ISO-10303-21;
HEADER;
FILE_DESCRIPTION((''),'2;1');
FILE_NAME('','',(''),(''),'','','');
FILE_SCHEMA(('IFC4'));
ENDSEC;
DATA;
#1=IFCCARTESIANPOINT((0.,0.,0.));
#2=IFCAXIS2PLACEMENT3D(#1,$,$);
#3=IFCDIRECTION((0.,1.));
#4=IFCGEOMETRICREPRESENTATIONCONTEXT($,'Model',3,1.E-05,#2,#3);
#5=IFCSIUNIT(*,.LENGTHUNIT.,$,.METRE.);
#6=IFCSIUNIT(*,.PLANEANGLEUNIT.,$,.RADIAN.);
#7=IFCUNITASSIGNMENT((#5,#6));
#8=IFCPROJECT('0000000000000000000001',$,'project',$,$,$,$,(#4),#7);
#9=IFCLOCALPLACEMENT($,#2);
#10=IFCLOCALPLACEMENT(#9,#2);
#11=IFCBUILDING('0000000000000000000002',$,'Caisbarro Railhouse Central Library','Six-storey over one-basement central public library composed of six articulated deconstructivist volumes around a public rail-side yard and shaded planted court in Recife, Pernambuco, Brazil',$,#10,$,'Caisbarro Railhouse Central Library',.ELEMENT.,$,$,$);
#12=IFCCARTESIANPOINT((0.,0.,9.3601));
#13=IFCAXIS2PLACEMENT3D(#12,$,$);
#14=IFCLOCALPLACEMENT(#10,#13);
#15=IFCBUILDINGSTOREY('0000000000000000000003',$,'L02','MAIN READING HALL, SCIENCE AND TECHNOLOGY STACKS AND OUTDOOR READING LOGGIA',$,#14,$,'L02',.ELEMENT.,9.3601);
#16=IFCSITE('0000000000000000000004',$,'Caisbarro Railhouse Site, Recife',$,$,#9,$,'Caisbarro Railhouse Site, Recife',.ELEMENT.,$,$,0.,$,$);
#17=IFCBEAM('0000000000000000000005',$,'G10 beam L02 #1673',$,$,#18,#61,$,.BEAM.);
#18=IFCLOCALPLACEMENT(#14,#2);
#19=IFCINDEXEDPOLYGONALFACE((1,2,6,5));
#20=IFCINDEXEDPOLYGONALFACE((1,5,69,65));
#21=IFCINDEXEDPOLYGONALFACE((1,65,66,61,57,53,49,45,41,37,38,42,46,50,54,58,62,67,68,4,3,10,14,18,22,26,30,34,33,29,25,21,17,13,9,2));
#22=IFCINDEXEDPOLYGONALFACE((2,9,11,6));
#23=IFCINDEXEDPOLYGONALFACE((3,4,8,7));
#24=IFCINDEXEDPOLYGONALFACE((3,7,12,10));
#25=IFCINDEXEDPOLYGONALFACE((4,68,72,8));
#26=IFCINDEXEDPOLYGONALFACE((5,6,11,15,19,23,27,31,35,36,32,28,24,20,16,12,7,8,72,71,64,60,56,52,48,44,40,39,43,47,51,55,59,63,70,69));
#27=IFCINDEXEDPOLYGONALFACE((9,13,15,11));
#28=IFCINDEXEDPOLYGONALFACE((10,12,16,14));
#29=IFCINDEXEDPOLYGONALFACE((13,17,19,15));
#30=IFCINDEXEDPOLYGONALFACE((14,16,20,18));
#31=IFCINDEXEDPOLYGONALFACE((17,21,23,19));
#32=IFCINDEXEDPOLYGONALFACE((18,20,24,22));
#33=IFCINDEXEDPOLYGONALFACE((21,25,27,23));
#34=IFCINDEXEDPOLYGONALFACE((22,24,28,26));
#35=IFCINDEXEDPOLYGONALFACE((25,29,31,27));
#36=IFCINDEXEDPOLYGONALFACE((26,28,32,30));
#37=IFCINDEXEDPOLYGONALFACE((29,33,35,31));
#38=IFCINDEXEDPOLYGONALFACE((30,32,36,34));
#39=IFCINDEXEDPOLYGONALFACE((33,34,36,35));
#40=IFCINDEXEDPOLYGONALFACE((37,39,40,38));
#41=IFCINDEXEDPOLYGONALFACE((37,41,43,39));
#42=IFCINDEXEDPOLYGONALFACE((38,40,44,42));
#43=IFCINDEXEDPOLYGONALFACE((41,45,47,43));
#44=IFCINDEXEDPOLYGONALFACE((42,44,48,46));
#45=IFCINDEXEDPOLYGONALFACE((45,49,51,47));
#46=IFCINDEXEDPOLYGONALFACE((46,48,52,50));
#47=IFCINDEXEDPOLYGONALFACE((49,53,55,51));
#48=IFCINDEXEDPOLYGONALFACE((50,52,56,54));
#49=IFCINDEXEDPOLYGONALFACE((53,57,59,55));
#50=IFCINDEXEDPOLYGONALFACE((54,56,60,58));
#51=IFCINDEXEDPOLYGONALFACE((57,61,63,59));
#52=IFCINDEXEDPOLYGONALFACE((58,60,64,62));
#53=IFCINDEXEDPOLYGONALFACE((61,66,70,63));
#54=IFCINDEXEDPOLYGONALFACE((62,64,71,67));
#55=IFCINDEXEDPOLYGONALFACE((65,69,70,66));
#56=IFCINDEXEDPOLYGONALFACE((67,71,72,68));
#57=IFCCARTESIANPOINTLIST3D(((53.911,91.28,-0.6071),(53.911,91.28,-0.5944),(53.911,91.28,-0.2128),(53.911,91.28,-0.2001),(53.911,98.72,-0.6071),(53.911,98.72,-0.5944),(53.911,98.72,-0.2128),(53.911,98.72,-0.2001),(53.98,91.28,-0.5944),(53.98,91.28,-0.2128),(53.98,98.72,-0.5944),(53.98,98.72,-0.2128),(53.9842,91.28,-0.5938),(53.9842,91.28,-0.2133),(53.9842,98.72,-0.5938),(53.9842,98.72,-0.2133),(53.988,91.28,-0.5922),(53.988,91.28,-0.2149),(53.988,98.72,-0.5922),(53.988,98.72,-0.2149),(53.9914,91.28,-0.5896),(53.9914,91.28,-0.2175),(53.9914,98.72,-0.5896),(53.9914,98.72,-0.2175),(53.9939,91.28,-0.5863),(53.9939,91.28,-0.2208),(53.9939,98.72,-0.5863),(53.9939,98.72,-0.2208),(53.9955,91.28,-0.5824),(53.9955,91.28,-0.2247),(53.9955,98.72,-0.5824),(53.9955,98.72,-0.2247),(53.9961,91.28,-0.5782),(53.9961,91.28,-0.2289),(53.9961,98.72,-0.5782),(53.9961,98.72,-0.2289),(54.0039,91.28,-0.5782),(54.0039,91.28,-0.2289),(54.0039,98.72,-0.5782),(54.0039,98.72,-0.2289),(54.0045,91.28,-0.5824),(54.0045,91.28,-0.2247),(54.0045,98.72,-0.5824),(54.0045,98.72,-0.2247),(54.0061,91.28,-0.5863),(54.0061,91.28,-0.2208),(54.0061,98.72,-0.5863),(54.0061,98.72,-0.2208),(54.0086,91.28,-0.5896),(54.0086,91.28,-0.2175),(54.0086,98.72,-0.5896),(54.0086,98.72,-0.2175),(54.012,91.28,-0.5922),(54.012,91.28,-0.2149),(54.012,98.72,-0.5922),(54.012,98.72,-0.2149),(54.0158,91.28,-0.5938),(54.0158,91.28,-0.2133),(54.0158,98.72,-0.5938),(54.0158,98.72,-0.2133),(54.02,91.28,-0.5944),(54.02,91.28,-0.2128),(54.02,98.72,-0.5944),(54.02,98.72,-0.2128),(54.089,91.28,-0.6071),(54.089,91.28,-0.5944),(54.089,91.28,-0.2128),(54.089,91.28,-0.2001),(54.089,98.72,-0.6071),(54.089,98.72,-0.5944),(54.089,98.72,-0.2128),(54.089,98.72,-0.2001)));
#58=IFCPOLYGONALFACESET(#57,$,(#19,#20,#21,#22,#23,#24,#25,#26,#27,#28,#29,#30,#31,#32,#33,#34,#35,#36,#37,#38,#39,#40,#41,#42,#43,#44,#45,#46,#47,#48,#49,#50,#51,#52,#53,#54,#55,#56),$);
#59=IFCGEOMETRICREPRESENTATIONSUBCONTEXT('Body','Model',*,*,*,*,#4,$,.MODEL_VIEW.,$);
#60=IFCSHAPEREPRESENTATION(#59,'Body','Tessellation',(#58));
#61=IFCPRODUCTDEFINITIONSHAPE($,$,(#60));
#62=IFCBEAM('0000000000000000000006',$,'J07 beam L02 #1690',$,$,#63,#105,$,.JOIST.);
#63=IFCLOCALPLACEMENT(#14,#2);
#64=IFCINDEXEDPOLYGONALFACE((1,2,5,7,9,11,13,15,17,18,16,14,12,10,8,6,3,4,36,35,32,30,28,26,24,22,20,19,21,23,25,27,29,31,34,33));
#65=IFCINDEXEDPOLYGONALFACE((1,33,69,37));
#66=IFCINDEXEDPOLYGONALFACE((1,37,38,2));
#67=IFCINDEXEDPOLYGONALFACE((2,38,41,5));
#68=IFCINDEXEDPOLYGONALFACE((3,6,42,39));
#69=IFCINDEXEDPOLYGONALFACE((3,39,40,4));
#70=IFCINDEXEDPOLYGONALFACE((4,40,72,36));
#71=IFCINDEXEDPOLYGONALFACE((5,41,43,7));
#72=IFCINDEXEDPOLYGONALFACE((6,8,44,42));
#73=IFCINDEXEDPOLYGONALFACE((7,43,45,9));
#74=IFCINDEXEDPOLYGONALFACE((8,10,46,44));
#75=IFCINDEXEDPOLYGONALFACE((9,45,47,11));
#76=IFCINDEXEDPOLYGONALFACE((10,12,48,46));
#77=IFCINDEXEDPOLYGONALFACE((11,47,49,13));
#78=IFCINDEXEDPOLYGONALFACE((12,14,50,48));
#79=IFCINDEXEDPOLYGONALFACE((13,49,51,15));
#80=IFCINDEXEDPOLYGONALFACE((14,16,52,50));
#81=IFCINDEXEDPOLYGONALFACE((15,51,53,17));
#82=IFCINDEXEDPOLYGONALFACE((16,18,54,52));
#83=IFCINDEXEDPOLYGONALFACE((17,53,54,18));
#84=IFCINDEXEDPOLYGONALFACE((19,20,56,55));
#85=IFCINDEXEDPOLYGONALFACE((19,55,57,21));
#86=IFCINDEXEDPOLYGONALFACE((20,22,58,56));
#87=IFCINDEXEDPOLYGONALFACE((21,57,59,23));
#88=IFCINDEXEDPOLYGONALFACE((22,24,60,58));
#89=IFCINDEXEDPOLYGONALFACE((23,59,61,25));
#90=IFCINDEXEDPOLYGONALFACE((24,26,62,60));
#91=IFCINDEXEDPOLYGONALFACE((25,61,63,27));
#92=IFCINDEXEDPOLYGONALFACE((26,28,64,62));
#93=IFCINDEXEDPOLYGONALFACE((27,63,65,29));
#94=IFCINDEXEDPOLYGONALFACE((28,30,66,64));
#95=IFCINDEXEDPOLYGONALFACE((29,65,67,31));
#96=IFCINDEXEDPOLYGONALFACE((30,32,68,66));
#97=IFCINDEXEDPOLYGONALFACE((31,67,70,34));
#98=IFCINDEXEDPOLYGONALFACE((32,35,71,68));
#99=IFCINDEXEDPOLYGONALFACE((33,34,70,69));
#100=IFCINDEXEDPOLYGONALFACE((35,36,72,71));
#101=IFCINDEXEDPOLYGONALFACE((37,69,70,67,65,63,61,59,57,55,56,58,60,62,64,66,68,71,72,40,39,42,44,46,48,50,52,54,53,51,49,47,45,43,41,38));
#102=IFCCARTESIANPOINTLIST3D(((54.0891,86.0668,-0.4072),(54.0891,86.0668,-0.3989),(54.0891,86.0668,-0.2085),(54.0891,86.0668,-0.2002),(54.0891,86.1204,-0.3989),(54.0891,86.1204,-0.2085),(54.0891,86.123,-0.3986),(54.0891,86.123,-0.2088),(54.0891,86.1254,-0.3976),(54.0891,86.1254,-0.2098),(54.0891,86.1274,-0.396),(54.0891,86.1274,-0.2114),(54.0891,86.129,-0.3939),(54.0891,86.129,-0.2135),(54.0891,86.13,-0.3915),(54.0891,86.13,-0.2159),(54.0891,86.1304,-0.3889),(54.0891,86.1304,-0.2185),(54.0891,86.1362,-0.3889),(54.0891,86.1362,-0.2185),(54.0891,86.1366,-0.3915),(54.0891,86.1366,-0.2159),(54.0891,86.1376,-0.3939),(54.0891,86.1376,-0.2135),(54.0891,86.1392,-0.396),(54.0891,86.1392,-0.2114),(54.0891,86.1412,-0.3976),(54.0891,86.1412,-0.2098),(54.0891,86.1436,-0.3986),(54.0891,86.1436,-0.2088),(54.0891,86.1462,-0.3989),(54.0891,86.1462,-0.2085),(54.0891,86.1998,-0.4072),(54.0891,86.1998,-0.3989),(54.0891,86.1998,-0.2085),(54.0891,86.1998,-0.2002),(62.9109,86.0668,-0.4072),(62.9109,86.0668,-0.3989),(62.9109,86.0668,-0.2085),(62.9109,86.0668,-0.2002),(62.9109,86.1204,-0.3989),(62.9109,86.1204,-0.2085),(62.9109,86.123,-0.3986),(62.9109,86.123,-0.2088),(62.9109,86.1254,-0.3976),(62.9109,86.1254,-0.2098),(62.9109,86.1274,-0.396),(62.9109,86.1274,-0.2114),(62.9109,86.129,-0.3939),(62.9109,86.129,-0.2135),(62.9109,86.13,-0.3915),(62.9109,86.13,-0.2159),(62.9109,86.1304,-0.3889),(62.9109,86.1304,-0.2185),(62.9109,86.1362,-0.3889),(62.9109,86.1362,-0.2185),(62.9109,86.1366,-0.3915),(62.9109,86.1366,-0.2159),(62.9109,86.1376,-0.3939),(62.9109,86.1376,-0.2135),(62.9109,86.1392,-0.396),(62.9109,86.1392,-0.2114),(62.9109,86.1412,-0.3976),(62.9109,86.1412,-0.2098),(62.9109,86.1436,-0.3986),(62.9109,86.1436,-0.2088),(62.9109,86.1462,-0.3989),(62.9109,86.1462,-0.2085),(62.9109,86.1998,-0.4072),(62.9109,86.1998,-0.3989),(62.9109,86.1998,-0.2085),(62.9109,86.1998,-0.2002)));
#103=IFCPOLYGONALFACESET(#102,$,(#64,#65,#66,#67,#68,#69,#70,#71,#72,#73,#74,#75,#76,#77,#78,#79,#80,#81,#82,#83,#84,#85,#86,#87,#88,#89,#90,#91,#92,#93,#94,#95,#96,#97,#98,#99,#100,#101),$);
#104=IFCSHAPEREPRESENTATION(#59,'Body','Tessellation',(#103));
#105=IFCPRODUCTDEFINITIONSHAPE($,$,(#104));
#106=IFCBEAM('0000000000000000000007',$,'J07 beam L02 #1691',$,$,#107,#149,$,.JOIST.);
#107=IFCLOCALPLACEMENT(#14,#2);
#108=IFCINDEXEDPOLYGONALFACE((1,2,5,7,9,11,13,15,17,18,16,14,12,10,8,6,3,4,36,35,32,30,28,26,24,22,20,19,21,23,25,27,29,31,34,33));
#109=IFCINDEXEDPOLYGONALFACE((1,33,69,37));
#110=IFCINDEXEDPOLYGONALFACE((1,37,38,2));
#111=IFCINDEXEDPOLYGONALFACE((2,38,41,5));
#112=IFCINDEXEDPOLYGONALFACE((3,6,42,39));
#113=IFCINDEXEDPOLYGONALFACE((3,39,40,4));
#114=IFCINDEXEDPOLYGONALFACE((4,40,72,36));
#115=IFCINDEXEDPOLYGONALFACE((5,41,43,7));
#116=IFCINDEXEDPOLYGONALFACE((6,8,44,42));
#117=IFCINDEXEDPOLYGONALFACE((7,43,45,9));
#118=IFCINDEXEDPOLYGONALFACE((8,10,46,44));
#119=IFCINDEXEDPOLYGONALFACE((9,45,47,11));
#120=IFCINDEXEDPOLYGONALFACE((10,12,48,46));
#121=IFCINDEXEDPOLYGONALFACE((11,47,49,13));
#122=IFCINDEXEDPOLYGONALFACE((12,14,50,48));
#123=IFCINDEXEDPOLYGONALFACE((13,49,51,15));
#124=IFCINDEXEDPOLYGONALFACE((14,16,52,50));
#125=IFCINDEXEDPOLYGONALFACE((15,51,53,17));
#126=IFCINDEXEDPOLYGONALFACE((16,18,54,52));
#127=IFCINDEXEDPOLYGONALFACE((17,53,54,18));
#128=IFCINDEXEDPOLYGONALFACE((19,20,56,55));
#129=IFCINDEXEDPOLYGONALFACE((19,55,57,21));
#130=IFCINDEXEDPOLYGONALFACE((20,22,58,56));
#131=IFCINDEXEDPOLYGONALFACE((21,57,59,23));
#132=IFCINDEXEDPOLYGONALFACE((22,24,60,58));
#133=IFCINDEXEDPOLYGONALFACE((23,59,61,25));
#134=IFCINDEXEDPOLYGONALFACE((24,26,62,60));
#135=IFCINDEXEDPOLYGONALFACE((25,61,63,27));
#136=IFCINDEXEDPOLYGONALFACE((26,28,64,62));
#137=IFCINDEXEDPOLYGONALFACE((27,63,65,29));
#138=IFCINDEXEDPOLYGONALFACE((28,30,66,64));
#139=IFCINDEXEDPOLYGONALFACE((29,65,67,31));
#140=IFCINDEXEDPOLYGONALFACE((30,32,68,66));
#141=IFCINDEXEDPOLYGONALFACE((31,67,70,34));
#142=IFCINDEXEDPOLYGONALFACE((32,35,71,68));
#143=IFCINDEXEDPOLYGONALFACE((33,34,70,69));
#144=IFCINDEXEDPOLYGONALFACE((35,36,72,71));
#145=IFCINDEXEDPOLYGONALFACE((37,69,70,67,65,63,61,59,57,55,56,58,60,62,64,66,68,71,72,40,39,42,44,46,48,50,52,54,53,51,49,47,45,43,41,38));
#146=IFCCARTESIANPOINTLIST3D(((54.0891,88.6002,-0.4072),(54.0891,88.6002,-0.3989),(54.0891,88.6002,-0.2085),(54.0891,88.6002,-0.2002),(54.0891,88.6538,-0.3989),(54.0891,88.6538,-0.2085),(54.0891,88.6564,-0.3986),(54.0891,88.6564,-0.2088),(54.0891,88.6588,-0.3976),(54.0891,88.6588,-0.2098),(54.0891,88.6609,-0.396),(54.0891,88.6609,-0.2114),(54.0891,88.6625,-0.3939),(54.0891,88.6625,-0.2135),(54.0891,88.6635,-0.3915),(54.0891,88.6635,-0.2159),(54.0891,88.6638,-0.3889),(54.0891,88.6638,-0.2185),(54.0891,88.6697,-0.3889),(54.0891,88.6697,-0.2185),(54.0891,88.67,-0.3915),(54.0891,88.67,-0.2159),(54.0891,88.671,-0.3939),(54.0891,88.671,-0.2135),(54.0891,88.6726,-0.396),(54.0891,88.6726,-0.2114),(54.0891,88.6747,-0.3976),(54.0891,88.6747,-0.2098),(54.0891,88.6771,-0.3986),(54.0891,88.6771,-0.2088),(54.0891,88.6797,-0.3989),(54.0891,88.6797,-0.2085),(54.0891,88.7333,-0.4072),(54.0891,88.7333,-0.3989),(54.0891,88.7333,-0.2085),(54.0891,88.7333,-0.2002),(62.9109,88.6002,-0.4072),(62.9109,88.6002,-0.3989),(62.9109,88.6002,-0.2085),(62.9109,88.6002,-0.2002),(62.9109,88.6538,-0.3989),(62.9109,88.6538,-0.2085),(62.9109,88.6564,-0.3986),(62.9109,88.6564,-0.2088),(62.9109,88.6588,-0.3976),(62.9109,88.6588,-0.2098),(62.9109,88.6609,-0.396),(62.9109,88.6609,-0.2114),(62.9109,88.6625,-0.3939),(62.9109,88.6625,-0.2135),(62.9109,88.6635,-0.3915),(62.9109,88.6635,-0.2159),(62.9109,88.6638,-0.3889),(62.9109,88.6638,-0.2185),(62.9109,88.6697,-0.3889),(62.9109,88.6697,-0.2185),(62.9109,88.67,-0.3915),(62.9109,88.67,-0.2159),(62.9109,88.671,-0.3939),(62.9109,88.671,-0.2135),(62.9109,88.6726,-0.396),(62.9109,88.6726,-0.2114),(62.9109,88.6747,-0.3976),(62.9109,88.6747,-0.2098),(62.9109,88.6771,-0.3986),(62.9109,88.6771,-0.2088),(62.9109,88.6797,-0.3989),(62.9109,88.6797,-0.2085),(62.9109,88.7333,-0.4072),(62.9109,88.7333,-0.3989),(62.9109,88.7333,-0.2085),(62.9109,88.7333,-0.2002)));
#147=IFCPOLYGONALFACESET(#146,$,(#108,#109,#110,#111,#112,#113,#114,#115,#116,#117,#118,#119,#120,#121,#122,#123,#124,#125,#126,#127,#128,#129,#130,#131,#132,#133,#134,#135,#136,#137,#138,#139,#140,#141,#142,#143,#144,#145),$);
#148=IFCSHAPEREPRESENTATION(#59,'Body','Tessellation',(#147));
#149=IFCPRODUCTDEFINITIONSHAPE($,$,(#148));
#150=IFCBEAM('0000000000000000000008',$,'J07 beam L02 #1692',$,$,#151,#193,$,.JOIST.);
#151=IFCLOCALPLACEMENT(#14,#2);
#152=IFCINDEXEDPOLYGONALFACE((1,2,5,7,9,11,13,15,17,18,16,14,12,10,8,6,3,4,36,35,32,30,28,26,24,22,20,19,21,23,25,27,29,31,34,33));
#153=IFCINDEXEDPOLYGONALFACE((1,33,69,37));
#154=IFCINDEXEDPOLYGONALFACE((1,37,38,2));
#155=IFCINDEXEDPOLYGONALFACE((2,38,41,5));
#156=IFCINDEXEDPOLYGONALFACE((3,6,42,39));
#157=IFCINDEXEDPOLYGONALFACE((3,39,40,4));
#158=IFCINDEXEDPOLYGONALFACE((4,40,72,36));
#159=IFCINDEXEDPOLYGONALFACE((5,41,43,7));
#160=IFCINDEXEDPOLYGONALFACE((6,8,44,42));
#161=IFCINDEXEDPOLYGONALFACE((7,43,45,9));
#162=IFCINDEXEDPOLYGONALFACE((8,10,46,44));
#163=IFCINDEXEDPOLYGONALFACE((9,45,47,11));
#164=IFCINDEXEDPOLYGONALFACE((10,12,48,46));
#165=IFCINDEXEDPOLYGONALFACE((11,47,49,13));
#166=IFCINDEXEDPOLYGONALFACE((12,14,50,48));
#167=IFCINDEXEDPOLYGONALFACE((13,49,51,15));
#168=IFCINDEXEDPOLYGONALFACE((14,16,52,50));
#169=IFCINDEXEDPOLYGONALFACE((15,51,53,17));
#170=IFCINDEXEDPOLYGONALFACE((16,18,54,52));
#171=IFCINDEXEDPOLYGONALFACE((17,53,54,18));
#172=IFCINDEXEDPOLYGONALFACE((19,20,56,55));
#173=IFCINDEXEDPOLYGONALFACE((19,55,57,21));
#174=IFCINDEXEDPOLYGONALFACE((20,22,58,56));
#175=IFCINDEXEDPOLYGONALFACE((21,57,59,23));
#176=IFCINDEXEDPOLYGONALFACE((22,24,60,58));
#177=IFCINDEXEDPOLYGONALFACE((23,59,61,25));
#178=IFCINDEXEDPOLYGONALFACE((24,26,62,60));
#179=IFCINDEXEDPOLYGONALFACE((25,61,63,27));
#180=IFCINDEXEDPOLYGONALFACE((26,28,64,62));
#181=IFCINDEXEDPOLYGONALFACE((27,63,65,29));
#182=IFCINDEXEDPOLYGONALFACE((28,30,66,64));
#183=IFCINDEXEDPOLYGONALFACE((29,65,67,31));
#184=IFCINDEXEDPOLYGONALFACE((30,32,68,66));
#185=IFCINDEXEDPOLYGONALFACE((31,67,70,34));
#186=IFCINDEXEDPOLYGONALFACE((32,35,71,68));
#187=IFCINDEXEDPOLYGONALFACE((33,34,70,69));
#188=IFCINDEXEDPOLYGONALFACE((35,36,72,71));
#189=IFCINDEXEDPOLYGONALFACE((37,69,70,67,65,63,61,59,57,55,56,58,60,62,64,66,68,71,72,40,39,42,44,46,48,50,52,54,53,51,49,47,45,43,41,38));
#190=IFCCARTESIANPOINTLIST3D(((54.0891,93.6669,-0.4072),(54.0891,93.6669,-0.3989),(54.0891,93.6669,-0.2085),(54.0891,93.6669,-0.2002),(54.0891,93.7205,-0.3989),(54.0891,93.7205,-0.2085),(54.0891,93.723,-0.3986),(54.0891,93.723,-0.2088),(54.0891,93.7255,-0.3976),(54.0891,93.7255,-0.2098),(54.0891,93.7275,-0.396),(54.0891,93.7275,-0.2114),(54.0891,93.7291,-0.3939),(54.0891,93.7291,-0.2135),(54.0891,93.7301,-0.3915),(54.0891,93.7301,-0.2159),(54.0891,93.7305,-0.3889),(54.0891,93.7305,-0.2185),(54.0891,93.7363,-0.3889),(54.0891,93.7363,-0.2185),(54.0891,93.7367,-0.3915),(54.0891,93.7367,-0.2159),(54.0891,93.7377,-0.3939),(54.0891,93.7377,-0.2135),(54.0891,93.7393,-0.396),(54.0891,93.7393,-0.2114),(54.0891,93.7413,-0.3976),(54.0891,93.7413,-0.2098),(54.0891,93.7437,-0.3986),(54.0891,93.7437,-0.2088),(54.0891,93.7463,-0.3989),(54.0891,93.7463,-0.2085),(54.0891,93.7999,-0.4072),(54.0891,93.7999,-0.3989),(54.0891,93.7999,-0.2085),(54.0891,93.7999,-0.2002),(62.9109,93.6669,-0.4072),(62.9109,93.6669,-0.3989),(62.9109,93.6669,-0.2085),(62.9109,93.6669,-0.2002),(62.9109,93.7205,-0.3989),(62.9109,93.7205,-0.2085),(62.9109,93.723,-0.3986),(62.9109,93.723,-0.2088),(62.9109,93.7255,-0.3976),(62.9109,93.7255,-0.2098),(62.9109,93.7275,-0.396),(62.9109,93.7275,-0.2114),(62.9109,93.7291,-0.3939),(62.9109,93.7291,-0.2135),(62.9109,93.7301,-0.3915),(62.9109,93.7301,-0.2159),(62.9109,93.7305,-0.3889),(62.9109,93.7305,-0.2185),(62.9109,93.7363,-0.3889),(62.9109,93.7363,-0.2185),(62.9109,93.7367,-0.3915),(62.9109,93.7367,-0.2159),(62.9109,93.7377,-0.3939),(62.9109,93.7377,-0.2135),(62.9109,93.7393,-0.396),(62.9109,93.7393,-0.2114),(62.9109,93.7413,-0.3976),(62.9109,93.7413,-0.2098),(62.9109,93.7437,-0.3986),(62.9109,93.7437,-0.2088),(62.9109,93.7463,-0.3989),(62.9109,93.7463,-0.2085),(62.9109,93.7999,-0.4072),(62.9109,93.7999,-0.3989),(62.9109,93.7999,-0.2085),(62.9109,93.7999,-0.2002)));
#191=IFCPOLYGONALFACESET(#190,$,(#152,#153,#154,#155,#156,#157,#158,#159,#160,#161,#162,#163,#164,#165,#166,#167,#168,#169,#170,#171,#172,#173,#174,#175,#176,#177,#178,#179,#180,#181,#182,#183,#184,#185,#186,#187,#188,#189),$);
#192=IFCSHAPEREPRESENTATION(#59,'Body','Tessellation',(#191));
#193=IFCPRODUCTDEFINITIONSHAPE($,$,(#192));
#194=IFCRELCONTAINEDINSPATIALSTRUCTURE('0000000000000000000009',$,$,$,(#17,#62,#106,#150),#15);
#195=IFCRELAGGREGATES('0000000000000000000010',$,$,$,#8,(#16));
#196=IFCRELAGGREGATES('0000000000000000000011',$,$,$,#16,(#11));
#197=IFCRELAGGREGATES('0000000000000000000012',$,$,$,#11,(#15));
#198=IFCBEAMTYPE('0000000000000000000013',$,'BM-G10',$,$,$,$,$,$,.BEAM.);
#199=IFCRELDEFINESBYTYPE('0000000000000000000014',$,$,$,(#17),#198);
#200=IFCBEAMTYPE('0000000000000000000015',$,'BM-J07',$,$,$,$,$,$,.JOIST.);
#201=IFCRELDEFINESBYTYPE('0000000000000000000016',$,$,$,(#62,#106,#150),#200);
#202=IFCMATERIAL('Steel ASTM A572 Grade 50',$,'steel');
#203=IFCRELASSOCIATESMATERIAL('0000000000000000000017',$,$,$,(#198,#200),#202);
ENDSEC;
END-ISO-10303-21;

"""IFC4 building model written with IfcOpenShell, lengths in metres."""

from ifc_helpers import new_model, si_unit, direction, frame, origin, origin_2d, place, context, subcontext, project, spatial, i_section, extrude, material, material_profile, profile_set, type_object, element, save


model = new_model("IFC4")

# Units and contexts
model_context = context("Model", 3, precision=1e-05, world=origin(), true_north=direction((0.0, 1.0)))
body_context = subcontext(model_context, "Body", "Model", "MODEL_VIEW")
ifc_project = project(units=[si_unit("LENGTHUNIT", "METRE"), si_unit("PLANEANGLEUNIT", "RADIAN")], contexts=[model_context])

# Site, building, storey
site_placement = place(None, origin())
site = spatial("IfcSite", under=ifc_project, at=site_placement, Name="Caisbarro Railhouse Site, Recife", LongName="Caisbarro Railhouse Site, Recife", CompositionType="ELEMENT", RefElevation=0.0)
building_placement = place(site_placement, origin())
building = spatial("IfcBuilding", under=site, at=building_placement, Name="Caisbarro Railhouse Central Library", Description="Six-storey over one-basement central public library composed of six articulated deconstructivist volumes around a public rail-side yard and shaded planted court in Recife, Pernambuco, Brazil", LongName="Caisbarro Railhouse Central Library", CompositionType="ELEMENT")
storey_placement = place(building_placement, frame((0.0, 0.0, 9.3601)))
storey = spatial("IfcBuildingStorey", under=building, at=storey_placement, Name="L02", Description="MAIN READING HALL, SCIENCE AND TECHNOLOGY STACKS AND OUTDOOR READING LOGGIA", LongName="L02", CompositionType="ELEMENT", Elevation=9.3601)

# Shared definitions
ifc_material_1 = material(Name="Steel ASTM A572 Grade 50", Category="steel")

# Beams
ifc_material_profile_1 = material_profile(ifc_material_1, i_section(OverallWidth=0.178, OverallDepth=0.407, WebThickness=0.0078, FlangeThickness=0.0127, FilletRadius=0.0161, at=origin_2d()), Name="W410X60.0")
ifc_profile_set_1 = profile_set([ifc_material_profile_1], Name="Steel ASTM A572 Grade 50")
beam_type_1 = type_object("IfcBeamType", Name="BM-G10", PredefinedType="BEAM", material=ifc_profile_set_1)
beam_placement = place(storey_placement, frame((54.0, 91.28, -0.4036), z_axis=(0.0, 1.0, 0.0), x_axis=(-1.0, 0.0, 0.0)))
element("IfcBeam", 1, at=beam_placement, inside=storey, type_object=beam_type_1, Name="G10 beam L02 #1673", PredefinedType="BEAM", context=body_context, shape_type="SweptSolid", body=[
    extrude(i_section(OverallWidth=0.178, OverallDepth=0.407, WebThickness=0.0078, FlangeThickness=0.0127, FilletRadius=0.0161, at=origin_2d()), origin(), (0.0, 0.0, 1.0), 7.4399),
])
ifc_material_profile_2 = material_profile(ifc_material_1, i_section(OverallWidth=0.1331, OverallDepth=0.207, WebThickness=0.0059, FlangeThickness=0.0083, FilletRadius=0.01, at=origin_2d()), Name="W200X26.6")
ifc_profile_set_2 = profile_set([ifc_material_profile_2], Name="Steel ASTM A572 Grade 50")
beam_type_2 = type_object("IfcBeamType", Name="BM-J07", PredefinedType="JOIST", material=ifc_profile_set_2)
for number, where, z_axis, x_axis, name in (
    (2, (54.0891, 86.1333, -0.3037), (1.0, 0.0, 0.0), (0.0, 1.0, 0.0), "J07 beam L02 #1690"),
    (3, (54.0891, 88.6667, -0.3037), (1.0, 0.0, 0.0), (0.0, 1.0, 0.0), "J07 beam L02 #1691"),
    (4, (54.0891, 93.7334, -0.3037), (1.0, 0.0, 0.0), (0.0, 1.0, 0.0), "J07 beam L02 #1692"),
):
    element("IfcBeam", number, at=place(storey_placement, frame(where, z_axis=z_axis, x_axis=x_axis)), inside=storey, type_object=beam_type_2, Name=name, PredefinedType="JOIST", context=body_context, shape_type="SweptSolid", body=[
        extrude(i_section(OverallWidth=0.1331, OverallDepth=0.207, WebThickness=0.0059, FlangeThickness=0.0083, FilletRadius=0.01, at=origin_2d()), origin(), (0.0, 0.0, 1.0), 8.8218),
    ])

save(model, "model.ifc")
